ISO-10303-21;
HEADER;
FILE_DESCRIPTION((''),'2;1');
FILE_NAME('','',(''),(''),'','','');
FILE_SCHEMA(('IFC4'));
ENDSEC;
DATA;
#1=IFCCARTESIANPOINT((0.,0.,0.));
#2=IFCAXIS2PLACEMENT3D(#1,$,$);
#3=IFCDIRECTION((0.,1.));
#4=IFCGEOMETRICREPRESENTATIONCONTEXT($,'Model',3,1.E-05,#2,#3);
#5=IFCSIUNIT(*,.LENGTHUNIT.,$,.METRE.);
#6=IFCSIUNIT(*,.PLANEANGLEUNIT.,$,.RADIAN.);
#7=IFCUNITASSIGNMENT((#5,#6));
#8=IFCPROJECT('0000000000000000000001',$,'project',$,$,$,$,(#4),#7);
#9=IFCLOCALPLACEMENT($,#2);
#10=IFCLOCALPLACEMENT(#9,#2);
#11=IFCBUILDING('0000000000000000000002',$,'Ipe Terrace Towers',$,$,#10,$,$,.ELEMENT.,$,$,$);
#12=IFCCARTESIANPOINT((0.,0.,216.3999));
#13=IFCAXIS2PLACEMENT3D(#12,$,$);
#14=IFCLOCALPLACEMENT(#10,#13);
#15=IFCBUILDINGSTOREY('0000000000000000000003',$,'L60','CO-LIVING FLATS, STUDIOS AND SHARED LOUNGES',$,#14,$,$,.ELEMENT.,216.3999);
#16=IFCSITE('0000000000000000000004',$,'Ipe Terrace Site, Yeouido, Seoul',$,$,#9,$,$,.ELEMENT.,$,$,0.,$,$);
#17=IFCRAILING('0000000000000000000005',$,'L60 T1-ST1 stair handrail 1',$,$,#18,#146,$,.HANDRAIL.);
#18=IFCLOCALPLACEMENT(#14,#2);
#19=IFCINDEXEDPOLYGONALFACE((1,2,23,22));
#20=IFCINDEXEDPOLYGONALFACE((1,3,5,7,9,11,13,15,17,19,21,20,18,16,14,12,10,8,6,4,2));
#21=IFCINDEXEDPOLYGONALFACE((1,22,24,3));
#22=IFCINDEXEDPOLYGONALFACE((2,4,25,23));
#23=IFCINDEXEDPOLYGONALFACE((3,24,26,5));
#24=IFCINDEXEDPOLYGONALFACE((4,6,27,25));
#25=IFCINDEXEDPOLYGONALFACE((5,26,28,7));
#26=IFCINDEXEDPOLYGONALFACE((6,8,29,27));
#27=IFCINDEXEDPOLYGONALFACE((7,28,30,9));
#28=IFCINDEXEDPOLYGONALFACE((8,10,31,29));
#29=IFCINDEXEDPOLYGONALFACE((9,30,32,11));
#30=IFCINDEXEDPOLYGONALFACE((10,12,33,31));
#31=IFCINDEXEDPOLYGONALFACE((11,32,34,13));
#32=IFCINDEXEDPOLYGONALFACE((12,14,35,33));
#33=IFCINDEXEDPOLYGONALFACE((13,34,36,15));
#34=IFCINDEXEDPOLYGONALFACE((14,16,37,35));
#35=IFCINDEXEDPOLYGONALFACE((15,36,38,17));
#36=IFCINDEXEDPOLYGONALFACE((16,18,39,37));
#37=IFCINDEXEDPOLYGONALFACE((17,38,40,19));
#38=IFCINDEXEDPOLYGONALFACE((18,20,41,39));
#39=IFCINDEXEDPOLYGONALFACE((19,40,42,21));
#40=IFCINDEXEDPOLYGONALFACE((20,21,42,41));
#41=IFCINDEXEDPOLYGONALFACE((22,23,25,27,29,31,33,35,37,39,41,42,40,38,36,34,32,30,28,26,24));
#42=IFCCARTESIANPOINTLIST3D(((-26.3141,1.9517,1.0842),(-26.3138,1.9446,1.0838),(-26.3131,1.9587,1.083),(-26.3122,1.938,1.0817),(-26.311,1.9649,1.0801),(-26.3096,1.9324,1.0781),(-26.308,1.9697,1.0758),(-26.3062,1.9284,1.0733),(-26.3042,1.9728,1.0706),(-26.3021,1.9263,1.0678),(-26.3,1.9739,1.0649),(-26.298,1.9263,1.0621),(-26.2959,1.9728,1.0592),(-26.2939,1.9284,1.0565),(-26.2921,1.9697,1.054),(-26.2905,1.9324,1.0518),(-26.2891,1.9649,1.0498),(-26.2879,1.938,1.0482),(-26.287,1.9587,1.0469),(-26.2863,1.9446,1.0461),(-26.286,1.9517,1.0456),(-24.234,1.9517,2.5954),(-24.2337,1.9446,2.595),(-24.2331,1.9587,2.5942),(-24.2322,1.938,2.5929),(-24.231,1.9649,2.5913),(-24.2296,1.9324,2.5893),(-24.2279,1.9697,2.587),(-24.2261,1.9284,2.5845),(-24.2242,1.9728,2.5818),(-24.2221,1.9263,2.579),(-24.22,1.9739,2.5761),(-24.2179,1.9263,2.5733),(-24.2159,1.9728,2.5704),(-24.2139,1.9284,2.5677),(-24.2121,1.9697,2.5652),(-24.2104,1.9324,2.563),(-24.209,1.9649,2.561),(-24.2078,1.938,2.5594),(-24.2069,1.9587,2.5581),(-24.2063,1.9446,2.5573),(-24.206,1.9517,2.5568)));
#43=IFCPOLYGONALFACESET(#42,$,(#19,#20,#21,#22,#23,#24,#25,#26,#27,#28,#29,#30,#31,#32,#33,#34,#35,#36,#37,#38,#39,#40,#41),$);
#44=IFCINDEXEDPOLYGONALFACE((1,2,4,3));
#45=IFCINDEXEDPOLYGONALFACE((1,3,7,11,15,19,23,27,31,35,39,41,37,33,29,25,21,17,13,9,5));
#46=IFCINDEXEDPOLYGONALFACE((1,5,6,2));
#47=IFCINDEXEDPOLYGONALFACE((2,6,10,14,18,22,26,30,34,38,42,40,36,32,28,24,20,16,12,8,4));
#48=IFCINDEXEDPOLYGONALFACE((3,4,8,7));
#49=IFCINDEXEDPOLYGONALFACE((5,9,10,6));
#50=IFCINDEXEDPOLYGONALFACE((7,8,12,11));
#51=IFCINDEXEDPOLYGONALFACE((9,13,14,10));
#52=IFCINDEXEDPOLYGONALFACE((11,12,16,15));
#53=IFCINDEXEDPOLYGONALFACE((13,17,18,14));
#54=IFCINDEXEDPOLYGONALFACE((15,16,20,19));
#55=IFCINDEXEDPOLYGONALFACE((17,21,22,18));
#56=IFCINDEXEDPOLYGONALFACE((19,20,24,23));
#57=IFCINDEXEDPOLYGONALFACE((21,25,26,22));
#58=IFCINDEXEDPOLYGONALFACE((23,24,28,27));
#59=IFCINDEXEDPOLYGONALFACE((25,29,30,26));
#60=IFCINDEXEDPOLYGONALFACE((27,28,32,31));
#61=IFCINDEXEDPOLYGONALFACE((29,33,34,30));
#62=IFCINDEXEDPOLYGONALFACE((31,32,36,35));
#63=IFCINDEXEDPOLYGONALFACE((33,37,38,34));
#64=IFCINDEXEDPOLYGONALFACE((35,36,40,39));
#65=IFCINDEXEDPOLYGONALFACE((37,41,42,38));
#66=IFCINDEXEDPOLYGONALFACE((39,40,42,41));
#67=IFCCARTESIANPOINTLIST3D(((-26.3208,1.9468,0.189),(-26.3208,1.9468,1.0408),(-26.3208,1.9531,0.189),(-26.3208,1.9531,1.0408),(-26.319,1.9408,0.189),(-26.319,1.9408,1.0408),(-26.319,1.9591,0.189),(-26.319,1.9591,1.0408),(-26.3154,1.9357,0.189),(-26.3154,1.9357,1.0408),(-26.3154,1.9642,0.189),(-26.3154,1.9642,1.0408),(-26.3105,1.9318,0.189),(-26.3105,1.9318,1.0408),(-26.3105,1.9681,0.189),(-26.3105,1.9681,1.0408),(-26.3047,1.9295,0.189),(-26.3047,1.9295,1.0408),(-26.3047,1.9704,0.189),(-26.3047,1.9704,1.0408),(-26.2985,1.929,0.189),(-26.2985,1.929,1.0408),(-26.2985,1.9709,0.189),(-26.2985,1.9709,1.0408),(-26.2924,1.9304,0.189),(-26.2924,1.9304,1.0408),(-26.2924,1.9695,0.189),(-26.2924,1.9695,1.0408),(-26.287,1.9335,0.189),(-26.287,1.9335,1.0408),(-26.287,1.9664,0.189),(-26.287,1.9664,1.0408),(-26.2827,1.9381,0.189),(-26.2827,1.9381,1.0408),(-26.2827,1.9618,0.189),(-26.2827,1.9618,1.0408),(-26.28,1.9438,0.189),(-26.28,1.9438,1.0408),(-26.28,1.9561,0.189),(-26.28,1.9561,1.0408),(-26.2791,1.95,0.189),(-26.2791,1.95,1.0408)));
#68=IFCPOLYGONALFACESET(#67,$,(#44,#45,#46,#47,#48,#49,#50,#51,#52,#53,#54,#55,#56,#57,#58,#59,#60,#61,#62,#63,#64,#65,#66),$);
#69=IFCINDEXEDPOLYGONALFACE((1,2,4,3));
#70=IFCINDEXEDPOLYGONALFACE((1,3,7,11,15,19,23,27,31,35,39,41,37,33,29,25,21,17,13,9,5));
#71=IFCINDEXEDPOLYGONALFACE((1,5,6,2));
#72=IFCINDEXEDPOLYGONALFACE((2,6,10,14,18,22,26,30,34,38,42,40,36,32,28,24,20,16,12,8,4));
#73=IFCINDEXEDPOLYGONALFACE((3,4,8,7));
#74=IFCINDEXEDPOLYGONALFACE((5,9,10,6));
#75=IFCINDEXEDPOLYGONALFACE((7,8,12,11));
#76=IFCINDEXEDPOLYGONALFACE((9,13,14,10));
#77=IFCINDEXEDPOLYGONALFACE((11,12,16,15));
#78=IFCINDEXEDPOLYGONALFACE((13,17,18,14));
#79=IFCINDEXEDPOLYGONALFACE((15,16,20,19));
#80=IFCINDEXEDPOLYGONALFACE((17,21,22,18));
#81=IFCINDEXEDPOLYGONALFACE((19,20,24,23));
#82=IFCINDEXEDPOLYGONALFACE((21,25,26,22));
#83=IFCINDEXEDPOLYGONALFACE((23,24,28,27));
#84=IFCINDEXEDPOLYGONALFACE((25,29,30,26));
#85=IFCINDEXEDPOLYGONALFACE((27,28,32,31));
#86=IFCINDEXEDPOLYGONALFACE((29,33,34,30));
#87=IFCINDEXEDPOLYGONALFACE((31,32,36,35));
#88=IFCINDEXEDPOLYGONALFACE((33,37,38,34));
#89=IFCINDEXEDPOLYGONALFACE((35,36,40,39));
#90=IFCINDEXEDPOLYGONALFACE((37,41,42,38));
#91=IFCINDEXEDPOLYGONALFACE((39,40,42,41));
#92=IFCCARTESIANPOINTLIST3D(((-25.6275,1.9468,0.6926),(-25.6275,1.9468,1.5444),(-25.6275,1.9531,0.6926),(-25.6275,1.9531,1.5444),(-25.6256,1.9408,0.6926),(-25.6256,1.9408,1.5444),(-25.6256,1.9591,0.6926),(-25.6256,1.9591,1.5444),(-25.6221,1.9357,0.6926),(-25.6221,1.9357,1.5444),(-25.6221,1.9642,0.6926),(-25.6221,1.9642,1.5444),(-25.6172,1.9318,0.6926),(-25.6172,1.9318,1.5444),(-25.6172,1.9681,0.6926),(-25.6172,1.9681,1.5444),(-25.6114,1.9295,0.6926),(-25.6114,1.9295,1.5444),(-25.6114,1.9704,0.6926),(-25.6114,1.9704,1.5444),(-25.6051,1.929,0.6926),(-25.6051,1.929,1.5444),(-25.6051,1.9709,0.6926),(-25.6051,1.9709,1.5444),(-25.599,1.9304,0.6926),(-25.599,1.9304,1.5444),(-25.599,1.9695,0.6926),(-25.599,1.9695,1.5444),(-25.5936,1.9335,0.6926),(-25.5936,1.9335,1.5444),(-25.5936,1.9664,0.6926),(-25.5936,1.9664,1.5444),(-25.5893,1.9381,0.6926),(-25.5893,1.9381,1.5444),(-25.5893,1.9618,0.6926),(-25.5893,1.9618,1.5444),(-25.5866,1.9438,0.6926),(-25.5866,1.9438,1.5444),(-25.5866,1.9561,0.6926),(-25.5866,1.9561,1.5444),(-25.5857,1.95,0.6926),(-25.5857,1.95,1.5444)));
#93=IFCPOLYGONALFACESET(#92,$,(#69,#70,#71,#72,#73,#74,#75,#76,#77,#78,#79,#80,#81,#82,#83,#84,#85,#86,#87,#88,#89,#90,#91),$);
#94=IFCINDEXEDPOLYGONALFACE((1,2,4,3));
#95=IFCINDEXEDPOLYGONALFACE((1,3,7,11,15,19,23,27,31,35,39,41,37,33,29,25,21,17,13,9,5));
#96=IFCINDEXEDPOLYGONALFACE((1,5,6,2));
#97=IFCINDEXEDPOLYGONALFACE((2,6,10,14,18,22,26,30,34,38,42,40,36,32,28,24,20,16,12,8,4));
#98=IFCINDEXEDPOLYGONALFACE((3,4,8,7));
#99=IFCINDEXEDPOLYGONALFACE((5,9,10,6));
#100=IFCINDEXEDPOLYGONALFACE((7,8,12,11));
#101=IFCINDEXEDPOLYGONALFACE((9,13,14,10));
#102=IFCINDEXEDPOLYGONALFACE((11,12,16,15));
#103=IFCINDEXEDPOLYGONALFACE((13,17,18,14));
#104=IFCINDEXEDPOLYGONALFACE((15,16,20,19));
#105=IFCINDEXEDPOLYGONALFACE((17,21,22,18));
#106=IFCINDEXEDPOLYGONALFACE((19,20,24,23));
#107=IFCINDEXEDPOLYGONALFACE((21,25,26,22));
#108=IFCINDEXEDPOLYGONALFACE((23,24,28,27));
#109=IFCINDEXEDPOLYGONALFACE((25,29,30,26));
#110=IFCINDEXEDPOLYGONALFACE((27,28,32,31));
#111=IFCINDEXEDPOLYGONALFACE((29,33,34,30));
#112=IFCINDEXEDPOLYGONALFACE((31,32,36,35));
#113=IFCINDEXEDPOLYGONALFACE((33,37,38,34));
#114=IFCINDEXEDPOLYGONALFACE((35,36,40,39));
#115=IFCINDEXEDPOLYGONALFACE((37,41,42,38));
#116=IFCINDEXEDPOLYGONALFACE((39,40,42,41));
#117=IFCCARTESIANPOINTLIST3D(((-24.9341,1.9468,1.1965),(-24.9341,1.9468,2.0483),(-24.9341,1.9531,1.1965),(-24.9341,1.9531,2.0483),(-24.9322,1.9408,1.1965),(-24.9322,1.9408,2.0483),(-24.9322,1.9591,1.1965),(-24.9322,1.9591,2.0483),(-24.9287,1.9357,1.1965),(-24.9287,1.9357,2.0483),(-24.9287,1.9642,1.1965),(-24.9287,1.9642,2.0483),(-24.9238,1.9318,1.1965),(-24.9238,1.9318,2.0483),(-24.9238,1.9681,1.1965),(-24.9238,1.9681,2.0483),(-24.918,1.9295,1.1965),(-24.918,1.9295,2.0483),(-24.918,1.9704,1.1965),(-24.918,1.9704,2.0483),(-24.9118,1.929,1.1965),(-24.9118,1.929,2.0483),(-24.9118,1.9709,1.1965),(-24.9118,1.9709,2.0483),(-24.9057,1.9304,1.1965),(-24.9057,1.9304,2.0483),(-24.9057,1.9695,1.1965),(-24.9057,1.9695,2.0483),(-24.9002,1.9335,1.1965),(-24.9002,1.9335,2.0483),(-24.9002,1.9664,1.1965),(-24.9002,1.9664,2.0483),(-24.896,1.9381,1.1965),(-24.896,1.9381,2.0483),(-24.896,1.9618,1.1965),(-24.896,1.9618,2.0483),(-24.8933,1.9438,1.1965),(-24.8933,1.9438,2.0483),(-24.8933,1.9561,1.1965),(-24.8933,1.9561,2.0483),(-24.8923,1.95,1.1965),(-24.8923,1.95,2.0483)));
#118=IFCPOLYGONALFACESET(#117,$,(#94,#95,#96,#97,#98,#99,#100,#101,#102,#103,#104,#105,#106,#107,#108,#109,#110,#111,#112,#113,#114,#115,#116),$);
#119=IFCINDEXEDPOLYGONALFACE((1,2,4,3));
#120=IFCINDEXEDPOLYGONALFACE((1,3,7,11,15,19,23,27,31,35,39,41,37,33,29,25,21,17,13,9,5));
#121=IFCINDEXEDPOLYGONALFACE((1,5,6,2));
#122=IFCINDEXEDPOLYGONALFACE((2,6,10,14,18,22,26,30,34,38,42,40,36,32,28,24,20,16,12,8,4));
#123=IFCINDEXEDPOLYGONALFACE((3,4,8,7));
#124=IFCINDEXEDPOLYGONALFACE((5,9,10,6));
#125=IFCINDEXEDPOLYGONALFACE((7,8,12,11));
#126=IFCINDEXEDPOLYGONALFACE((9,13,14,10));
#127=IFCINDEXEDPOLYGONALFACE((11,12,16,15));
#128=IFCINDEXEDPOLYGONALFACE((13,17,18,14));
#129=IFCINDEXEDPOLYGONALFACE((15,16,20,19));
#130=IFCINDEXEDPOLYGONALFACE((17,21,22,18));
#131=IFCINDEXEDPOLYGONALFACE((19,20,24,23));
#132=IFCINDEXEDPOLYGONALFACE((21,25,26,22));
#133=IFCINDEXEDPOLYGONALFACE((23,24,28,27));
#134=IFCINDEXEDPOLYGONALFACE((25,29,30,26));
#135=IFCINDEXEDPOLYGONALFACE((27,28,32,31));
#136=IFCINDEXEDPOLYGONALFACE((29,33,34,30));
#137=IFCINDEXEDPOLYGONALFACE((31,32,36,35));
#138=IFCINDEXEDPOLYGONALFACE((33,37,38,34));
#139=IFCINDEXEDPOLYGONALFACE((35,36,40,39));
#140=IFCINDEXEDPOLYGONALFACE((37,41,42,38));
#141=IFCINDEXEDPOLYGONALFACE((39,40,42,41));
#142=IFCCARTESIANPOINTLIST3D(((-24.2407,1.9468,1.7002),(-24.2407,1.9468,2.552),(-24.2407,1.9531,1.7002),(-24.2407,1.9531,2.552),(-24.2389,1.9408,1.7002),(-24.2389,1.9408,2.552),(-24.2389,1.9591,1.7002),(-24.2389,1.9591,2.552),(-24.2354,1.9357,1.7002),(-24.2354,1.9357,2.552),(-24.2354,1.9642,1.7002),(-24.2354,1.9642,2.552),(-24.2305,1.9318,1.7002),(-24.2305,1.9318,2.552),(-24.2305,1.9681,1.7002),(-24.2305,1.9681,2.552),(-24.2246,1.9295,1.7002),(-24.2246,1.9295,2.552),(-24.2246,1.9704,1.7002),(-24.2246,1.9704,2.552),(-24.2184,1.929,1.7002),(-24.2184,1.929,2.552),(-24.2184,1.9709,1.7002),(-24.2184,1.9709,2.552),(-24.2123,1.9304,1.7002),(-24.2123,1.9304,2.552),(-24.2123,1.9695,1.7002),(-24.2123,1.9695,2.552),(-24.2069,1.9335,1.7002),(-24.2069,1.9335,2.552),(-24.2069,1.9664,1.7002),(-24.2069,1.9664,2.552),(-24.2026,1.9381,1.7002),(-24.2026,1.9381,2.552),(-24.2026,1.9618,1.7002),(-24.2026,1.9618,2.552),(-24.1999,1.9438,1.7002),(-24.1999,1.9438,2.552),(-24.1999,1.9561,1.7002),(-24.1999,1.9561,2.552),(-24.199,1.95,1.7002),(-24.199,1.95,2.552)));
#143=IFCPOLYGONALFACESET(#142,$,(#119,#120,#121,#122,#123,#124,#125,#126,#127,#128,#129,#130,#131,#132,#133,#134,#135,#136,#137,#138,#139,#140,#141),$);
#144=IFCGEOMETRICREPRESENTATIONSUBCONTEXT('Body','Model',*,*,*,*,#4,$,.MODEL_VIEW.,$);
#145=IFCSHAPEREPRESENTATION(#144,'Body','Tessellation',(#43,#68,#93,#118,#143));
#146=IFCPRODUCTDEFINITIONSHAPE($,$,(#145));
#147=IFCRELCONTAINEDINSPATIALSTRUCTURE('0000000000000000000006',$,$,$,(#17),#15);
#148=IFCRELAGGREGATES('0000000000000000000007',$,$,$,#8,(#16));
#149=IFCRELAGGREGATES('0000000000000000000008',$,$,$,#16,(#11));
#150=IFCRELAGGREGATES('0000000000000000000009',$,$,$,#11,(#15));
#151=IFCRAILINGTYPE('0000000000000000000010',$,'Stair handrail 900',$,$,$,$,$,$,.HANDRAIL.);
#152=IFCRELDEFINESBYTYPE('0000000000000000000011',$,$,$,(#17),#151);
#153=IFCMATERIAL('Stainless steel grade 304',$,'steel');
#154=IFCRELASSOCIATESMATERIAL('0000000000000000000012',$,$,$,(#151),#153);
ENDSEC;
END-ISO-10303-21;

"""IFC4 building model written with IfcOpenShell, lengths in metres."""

from ifc_helpers import new_model, si_unit, direction, frame, origin, origin_2d, place, context, subcontext, project, spatial, circle, extrude, material, type_object, element, save


model = new_model("IFC4")

# Units and contexts
model_context = context("Model", 3, precision=1e-05, world=origin(), true_north=direction((0.0, 1.0)))
body_context = subcontext(model_context, "Body", "Model", "MODEL_VIEW")
ifc_project = project(units=[si_unit("LENGTHUNIT", "METRE"), si_unit("PLANEANGLEUNIT", "RADIAN")], contexts=[model_context])

# Site, building, storey
site_placement = place(None, origin())
site = spatial("IfcSite", under=ifc_project, at=site_placement, Name="Ipe Terrace Site, Yeouido, Seoul", CompositionType="ELEMENT", RefElevation=0.0)
building_placement = place(site_placement, origin())
building = spatial("IfcBuilding", under=site, at=building_placement, Name="Ipe Terrace Towers", CompositionType="ELEMENT")
storey_placement = place(building_placement, frame((0.0, 0.0, 216.3999)))
storey = spatial("IfcBuildingStorey", under=building, at=storey_placement, Name="L60", Description="CO-LIVING FLATS, STUDIOS AND SHARED LOUNGES", CompositionType="ELEMENT", Elevation=216.3999)

# Railing
ifc_material_1 = material(Name="Stainless steel grade 304", Category="steel")
railing_type_1 = type_object("IfcRailingType", Name="Stair handrail 900", PredefinedType="HANDRAIL", material=ifc_material_1)
railing_1_placement = place(storey_placement, frame((-26.3, 1.95, 0.189)))
element("IfcRailing", 1, at=railing_1_placement, inside=storey, type_object=railing_type_1, Name="L60 T1-ST1 stair handrail 1", PredefinedType="HANDRAIL", context=body_context, shape_type="SweptSolid", body=[
    extrude(circle(Radius=0.0239, at=origin_2d()), frame((0.0, 0.0, 0.876), z_axis=(0.809023, 0.0, 0.587776), x_axis=(0.0, 1.0, 0.0)), (0.0, 0.0, 1.0), 2.571),
    extrude(circle(Radius=0.021, at=origin_2d()), origin(), (0.0, 0.0, 1.0), 0.8518),
    extrude(circle(Radius=0.021, at=origin_2d()), frame((0.6934, 0.0, 0.5037)), (0.0, 0.0, 1.0), 0.8518),
    extrude(circle(Radius=0.021, at=origin_2d()), frame((1.3867, 0.0, 1.0076)), (0.0, 0.0, 1.0), 0.8518),
    extrude(circle(Radius=0.021, at=origin_2d()), frame((2.0801, 0.0, 1.5112)), (0.0, 0.0, 1.0), 0.8518),
])

save(model, "model.ifc")
